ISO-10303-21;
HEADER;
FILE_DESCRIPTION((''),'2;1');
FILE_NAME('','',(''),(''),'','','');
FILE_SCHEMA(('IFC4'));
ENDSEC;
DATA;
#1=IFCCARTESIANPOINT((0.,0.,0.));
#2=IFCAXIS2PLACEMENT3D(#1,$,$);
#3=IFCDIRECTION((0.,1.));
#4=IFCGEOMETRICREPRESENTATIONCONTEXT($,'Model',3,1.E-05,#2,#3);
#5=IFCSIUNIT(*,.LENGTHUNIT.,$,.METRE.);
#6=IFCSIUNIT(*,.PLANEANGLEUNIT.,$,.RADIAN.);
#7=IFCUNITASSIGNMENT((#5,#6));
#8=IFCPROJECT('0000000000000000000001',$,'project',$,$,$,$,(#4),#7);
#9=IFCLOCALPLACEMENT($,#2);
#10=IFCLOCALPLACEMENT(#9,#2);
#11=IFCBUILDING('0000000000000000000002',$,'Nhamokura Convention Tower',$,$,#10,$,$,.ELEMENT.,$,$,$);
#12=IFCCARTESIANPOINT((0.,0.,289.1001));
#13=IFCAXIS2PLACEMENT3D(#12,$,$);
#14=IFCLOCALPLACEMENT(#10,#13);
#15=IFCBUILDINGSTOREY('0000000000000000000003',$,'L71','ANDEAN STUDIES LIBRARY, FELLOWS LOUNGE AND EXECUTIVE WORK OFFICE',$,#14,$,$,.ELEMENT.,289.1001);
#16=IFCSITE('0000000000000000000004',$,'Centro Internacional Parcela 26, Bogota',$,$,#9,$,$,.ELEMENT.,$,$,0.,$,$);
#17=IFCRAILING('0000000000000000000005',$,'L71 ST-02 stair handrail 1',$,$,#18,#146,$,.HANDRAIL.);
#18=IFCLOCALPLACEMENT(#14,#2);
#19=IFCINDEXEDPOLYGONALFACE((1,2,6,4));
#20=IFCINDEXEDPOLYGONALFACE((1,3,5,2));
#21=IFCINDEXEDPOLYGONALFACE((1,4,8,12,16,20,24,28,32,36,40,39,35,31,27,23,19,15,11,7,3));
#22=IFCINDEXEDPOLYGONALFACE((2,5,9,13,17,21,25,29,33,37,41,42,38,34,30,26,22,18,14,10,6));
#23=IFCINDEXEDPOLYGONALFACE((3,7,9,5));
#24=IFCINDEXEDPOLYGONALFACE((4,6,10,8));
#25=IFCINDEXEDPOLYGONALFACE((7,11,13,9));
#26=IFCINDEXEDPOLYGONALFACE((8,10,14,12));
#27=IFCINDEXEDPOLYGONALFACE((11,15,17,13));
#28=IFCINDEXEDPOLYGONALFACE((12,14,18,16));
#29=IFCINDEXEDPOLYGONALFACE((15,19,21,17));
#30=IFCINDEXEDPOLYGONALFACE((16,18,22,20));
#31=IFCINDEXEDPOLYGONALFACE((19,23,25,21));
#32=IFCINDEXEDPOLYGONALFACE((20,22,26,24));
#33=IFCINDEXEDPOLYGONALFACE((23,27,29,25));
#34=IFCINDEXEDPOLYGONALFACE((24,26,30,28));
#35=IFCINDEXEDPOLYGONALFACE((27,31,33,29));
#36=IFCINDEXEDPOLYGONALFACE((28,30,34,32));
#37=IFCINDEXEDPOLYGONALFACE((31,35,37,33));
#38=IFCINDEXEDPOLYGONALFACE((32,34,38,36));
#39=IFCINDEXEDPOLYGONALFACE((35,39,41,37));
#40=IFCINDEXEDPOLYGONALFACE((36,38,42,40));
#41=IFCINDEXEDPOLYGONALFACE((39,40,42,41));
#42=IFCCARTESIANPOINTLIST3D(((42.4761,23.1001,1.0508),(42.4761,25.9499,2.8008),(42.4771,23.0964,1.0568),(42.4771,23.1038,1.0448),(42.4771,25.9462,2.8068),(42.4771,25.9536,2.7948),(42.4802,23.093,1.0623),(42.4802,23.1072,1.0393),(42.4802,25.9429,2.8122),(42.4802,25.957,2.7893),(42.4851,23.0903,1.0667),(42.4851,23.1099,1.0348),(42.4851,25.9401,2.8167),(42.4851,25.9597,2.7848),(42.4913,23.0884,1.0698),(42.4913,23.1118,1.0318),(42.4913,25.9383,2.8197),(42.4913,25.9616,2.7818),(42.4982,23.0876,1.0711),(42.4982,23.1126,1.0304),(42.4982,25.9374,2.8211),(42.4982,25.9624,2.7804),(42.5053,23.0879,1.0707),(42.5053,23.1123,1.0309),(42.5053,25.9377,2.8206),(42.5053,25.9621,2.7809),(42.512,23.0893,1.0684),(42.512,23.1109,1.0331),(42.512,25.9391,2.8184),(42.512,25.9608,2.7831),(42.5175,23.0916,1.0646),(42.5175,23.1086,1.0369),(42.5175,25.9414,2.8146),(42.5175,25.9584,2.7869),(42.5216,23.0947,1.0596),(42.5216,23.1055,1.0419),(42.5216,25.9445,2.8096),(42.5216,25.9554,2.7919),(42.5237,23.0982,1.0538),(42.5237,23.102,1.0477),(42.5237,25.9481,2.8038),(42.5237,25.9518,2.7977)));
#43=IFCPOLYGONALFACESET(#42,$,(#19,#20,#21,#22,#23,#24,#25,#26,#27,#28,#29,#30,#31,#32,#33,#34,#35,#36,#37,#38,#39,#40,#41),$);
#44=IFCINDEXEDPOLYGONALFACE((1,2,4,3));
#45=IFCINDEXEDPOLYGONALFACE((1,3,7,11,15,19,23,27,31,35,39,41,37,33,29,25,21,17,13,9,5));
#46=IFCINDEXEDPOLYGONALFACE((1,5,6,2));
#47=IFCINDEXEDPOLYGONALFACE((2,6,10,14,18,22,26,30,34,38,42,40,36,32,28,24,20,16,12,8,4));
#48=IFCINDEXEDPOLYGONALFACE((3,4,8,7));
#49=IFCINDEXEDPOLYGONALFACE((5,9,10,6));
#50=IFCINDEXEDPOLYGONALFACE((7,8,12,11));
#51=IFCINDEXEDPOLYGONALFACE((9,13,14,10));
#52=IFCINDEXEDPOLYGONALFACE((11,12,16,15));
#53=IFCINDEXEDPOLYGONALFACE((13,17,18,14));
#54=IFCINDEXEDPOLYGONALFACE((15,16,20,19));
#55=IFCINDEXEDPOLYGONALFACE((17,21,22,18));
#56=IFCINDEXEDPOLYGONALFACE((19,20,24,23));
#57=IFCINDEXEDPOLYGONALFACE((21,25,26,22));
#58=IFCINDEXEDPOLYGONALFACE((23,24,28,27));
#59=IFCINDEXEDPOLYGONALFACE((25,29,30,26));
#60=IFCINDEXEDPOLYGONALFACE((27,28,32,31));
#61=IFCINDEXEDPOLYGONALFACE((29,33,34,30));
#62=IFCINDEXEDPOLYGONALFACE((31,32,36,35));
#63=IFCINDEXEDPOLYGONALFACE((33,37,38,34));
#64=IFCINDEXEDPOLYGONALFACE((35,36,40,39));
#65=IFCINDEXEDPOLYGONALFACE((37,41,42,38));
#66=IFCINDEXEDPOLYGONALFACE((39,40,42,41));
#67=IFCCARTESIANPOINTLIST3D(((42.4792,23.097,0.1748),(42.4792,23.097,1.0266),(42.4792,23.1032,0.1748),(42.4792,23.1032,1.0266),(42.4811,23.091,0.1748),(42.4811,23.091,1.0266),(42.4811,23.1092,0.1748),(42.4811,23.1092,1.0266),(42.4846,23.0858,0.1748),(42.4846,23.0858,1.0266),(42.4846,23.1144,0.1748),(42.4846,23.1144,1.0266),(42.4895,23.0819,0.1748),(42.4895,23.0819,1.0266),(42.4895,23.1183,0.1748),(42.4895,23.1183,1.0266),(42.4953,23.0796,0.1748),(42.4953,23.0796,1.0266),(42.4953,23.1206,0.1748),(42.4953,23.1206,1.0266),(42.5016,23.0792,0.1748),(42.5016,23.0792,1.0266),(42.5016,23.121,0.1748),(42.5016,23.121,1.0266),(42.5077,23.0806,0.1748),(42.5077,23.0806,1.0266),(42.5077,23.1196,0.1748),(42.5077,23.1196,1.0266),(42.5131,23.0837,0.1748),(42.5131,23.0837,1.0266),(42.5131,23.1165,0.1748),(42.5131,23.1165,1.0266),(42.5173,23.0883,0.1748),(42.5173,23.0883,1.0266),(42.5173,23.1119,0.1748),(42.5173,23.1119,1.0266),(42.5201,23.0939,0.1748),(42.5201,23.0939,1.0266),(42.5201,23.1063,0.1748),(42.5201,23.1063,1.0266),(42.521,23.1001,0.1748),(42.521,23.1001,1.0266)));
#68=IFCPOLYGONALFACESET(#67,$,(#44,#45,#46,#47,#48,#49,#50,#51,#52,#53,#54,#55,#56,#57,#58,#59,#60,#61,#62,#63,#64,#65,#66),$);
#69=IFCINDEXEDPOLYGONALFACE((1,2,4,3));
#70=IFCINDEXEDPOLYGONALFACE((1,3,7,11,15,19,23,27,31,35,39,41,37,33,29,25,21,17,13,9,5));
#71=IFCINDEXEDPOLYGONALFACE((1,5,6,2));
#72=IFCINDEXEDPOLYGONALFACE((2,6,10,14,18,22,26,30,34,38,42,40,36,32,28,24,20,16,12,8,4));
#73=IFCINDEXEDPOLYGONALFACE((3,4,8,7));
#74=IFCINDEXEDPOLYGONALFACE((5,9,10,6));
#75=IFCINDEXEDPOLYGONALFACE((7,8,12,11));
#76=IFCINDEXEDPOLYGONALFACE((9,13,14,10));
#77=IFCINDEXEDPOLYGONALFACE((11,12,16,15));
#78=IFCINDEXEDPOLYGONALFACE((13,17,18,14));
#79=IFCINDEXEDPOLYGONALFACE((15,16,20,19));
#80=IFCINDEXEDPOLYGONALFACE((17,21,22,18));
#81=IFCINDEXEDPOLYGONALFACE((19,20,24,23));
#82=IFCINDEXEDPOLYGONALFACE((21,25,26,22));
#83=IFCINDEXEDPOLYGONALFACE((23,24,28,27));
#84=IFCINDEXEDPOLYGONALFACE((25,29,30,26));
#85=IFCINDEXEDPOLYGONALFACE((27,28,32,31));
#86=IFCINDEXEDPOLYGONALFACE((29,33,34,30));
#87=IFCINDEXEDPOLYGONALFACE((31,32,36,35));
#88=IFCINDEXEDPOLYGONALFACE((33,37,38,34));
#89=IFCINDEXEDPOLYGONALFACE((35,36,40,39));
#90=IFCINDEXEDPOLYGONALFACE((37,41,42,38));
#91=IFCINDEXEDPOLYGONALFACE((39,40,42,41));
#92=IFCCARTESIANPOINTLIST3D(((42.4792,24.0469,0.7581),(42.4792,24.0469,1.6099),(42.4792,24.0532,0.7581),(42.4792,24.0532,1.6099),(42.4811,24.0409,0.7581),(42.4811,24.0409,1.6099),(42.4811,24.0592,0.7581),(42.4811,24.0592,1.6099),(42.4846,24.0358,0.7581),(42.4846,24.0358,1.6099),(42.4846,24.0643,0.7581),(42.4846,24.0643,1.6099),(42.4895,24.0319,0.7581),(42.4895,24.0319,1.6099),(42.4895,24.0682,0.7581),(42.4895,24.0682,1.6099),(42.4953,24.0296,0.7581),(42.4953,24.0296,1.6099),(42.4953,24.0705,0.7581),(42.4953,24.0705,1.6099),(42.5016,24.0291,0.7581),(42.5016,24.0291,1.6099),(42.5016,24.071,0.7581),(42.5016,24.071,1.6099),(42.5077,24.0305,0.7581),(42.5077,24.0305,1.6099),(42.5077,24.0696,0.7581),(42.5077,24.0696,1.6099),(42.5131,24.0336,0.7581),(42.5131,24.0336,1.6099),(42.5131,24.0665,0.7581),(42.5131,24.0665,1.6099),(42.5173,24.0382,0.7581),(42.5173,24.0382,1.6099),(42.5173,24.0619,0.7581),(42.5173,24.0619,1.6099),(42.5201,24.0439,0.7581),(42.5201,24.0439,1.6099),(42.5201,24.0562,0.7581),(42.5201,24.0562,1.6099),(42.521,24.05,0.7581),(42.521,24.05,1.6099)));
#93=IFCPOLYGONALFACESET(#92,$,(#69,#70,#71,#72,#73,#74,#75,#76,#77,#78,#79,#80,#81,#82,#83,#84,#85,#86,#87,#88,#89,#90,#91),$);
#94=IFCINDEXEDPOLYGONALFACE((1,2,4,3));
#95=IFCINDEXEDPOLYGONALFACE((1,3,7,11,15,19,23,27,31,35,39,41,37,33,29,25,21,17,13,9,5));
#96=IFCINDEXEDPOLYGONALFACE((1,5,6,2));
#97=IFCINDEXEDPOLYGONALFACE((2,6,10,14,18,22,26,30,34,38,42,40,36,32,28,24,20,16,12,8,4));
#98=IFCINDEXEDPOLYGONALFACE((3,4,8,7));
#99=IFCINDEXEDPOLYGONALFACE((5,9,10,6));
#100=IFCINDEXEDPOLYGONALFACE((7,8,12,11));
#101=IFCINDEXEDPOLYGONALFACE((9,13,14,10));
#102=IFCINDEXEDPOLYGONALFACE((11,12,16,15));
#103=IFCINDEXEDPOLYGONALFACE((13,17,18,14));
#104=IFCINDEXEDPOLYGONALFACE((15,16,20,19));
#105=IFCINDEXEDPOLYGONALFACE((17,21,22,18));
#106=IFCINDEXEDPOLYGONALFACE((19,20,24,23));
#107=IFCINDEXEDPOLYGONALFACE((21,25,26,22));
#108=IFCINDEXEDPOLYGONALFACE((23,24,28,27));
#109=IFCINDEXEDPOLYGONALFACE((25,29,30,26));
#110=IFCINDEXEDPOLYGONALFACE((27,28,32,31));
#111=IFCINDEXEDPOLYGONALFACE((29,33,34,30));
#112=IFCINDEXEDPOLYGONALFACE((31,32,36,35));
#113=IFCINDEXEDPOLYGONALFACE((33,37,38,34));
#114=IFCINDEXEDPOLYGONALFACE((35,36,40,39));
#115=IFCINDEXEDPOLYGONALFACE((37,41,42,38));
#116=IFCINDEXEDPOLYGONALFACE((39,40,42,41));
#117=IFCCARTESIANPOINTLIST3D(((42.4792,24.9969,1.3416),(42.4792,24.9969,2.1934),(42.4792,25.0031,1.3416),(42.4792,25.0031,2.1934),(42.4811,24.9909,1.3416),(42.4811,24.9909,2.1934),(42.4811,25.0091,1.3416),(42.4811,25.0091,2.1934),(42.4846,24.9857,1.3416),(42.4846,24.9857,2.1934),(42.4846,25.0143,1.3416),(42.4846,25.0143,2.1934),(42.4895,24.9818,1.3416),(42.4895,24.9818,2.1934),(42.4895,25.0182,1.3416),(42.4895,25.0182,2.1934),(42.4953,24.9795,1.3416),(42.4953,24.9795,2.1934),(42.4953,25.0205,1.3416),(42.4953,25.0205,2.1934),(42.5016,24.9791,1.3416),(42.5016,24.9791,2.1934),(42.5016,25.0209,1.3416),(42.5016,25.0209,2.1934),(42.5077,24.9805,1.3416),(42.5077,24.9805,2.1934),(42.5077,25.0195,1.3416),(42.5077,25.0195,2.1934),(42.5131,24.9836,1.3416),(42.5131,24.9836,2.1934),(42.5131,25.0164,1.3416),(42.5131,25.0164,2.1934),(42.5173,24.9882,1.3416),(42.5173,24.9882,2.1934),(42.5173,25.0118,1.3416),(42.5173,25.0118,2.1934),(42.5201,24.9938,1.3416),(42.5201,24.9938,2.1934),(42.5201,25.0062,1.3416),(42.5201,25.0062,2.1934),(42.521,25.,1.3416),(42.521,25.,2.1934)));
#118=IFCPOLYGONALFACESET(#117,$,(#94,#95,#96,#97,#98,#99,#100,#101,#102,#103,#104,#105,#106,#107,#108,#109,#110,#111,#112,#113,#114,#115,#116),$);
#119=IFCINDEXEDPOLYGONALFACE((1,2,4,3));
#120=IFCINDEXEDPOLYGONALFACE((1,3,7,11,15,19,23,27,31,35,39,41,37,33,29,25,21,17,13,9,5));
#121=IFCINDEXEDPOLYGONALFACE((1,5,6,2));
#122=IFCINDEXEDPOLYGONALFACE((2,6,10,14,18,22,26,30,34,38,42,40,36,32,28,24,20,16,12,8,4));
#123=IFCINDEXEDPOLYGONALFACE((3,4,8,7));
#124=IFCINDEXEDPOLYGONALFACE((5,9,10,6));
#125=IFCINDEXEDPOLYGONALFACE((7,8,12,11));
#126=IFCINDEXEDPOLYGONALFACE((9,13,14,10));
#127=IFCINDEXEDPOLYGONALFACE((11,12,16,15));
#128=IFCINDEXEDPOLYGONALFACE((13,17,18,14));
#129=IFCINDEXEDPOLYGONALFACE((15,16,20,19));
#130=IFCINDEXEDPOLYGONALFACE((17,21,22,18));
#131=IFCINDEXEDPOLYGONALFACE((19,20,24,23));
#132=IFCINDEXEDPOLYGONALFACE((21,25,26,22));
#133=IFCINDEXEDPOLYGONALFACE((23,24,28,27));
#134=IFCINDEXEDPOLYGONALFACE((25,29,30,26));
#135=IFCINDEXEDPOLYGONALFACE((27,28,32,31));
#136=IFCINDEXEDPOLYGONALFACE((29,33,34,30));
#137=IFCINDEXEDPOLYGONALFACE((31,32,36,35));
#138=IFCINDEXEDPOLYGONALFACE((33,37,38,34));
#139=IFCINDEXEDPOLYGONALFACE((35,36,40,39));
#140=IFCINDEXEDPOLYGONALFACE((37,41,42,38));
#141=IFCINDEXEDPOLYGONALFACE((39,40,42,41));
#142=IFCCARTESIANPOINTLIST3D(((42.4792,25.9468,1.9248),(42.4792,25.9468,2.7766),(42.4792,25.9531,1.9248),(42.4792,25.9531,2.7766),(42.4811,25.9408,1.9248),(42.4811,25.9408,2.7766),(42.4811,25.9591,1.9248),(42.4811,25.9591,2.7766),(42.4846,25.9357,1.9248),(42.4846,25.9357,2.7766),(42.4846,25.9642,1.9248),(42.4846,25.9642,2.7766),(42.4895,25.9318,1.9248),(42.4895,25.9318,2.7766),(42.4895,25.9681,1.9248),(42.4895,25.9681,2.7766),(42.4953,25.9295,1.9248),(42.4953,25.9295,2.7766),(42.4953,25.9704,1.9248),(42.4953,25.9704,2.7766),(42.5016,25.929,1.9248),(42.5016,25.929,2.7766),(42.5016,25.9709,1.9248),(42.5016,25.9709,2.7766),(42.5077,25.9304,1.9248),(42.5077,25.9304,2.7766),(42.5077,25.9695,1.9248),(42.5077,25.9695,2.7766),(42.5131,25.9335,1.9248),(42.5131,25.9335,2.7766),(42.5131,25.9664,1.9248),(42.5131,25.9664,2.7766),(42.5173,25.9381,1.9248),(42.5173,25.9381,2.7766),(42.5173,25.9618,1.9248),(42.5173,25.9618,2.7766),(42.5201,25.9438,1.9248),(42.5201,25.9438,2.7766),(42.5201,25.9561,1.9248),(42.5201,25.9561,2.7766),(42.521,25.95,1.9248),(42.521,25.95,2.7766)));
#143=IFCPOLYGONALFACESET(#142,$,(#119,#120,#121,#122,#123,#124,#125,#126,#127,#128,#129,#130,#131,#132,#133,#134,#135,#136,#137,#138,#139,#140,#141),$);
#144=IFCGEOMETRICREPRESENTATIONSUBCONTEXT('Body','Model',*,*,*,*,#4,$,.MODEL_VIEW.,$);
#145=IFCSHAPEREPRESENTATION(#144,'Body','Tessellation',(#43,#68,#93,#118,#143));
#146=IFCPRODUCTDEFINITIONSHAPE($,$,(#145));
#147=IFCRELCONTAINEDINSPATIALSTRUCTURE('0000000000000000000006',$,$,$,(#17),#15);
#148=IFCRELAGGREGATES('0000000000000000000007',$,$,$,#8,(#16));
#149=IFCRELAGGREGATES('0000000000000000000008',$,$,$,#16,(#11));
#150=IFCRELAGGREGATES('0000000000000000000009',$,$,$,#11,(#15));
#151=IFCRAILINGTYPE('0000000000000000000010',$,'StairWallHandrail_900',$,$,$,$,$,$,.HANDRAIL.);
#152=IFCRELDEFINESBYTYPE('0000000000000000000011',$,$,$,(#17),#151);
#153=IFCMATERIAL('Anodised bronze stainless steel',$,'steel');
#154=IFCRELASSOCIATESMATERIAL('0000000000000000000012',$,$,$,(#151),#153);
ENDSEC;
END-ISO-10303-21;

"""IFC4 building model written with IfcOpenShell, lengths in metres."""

from ifc_helpers import new_model, si_unit, direction, frame, origin, origin_2d, place, context, subcontext, project, spatial, circle, extrude, material, type_object, element, save


model = new_model("IFC4")

# Units and contexts
model_context = context("Model", 3, precision=1e-05, world=origin(), true_north=direction((0.0, 1.0)))
body_context = subcontext(model_context, "Body", "Model", "MODEL_VIEW")
ifc_project = project(units=[si_unit("LENGTHUNIT", "METRE"), si_unit("PLANEANGLEUNIT", "RADIAN")], contexts=[model_context])

# Site, building, storey
site_placement = place(None, origin())
site = spatial("IfcSite", under=ifc_project, at=site_placement, Name="Centro Internacional Parcela 26, Bogota", CompositionType="ELEMENT", RefElevation=0.0)
building_placement = place(site_placement, origin())
building = spatial("IfcBuilding", under=site, at=building_placement, Name="Nhamokura Convention Tower", CompositionType="ELEMENT")
storey_placement = place(building_placement, frame((0.0, 0.0, 289.1001)))
storey = spatial("IfcBuildingStorey", under=building, at=storey_placement, Name="L71", Description="ANDEAN STUDIES LIBRARY, FELLOWS LOUNGE AND EXECUTIVE WORK OFFICE", CompositionType="ELEMENT", Elevation=289.1001)

# Railing
ifc_material_1 = material(Name="Anodised bronze stainless steel", Category="steel")
railing_type_1 = type_object("IfcRailingType", Name="StairWallHandrail_900", PredefinedType="HANDRAIL", material=ifc_material_1)
railing_1_placement = place(storey_placement, frame((42.5, 23.1001, 0.1748)))
element("IfcRailing", 1, at=railing_1_placement, inside=storey, type_object=railing_type_1, Name="L71 ST-02 stair handrail 1", PredefinedType="HANDRAIL", context=body_context, shape_type="SweptSolid", body=[
    extrude(circle(Radius=0.0239, at=origin_2d()), frame((0.0, 0.0, 0.876), z_axis=(0.0, 0.852159, 0.523283), x_axis=(-1.0, 0.0, 0.0)), (0.0, 0.0, 1.0), 3.3442),
    extrude(circle(Radius=0.021, at=origin_2d()), origin(), (0.0, 0.0, 1.0), 0.8518),
    extrude(circle(Radius=0.021, at=origin_2d()), frame((0.0, 0.95, 0.5833)), (0.0, 0.0, 1.0), 0.8518),
    extrude(circle(Radius=0.021, at=origin_2d()), frame((0.0, 1.8999, 1.1667)), (0.0, 0.0, 1.0), 0.8518),
    extrude(circle(Radius=0.021, at=origin_2d()), frame((0.0, 2.8499, 1.75)), (0.0, 0.0, 1.0), 0.8518),
])

save(model, "model.ifc")
